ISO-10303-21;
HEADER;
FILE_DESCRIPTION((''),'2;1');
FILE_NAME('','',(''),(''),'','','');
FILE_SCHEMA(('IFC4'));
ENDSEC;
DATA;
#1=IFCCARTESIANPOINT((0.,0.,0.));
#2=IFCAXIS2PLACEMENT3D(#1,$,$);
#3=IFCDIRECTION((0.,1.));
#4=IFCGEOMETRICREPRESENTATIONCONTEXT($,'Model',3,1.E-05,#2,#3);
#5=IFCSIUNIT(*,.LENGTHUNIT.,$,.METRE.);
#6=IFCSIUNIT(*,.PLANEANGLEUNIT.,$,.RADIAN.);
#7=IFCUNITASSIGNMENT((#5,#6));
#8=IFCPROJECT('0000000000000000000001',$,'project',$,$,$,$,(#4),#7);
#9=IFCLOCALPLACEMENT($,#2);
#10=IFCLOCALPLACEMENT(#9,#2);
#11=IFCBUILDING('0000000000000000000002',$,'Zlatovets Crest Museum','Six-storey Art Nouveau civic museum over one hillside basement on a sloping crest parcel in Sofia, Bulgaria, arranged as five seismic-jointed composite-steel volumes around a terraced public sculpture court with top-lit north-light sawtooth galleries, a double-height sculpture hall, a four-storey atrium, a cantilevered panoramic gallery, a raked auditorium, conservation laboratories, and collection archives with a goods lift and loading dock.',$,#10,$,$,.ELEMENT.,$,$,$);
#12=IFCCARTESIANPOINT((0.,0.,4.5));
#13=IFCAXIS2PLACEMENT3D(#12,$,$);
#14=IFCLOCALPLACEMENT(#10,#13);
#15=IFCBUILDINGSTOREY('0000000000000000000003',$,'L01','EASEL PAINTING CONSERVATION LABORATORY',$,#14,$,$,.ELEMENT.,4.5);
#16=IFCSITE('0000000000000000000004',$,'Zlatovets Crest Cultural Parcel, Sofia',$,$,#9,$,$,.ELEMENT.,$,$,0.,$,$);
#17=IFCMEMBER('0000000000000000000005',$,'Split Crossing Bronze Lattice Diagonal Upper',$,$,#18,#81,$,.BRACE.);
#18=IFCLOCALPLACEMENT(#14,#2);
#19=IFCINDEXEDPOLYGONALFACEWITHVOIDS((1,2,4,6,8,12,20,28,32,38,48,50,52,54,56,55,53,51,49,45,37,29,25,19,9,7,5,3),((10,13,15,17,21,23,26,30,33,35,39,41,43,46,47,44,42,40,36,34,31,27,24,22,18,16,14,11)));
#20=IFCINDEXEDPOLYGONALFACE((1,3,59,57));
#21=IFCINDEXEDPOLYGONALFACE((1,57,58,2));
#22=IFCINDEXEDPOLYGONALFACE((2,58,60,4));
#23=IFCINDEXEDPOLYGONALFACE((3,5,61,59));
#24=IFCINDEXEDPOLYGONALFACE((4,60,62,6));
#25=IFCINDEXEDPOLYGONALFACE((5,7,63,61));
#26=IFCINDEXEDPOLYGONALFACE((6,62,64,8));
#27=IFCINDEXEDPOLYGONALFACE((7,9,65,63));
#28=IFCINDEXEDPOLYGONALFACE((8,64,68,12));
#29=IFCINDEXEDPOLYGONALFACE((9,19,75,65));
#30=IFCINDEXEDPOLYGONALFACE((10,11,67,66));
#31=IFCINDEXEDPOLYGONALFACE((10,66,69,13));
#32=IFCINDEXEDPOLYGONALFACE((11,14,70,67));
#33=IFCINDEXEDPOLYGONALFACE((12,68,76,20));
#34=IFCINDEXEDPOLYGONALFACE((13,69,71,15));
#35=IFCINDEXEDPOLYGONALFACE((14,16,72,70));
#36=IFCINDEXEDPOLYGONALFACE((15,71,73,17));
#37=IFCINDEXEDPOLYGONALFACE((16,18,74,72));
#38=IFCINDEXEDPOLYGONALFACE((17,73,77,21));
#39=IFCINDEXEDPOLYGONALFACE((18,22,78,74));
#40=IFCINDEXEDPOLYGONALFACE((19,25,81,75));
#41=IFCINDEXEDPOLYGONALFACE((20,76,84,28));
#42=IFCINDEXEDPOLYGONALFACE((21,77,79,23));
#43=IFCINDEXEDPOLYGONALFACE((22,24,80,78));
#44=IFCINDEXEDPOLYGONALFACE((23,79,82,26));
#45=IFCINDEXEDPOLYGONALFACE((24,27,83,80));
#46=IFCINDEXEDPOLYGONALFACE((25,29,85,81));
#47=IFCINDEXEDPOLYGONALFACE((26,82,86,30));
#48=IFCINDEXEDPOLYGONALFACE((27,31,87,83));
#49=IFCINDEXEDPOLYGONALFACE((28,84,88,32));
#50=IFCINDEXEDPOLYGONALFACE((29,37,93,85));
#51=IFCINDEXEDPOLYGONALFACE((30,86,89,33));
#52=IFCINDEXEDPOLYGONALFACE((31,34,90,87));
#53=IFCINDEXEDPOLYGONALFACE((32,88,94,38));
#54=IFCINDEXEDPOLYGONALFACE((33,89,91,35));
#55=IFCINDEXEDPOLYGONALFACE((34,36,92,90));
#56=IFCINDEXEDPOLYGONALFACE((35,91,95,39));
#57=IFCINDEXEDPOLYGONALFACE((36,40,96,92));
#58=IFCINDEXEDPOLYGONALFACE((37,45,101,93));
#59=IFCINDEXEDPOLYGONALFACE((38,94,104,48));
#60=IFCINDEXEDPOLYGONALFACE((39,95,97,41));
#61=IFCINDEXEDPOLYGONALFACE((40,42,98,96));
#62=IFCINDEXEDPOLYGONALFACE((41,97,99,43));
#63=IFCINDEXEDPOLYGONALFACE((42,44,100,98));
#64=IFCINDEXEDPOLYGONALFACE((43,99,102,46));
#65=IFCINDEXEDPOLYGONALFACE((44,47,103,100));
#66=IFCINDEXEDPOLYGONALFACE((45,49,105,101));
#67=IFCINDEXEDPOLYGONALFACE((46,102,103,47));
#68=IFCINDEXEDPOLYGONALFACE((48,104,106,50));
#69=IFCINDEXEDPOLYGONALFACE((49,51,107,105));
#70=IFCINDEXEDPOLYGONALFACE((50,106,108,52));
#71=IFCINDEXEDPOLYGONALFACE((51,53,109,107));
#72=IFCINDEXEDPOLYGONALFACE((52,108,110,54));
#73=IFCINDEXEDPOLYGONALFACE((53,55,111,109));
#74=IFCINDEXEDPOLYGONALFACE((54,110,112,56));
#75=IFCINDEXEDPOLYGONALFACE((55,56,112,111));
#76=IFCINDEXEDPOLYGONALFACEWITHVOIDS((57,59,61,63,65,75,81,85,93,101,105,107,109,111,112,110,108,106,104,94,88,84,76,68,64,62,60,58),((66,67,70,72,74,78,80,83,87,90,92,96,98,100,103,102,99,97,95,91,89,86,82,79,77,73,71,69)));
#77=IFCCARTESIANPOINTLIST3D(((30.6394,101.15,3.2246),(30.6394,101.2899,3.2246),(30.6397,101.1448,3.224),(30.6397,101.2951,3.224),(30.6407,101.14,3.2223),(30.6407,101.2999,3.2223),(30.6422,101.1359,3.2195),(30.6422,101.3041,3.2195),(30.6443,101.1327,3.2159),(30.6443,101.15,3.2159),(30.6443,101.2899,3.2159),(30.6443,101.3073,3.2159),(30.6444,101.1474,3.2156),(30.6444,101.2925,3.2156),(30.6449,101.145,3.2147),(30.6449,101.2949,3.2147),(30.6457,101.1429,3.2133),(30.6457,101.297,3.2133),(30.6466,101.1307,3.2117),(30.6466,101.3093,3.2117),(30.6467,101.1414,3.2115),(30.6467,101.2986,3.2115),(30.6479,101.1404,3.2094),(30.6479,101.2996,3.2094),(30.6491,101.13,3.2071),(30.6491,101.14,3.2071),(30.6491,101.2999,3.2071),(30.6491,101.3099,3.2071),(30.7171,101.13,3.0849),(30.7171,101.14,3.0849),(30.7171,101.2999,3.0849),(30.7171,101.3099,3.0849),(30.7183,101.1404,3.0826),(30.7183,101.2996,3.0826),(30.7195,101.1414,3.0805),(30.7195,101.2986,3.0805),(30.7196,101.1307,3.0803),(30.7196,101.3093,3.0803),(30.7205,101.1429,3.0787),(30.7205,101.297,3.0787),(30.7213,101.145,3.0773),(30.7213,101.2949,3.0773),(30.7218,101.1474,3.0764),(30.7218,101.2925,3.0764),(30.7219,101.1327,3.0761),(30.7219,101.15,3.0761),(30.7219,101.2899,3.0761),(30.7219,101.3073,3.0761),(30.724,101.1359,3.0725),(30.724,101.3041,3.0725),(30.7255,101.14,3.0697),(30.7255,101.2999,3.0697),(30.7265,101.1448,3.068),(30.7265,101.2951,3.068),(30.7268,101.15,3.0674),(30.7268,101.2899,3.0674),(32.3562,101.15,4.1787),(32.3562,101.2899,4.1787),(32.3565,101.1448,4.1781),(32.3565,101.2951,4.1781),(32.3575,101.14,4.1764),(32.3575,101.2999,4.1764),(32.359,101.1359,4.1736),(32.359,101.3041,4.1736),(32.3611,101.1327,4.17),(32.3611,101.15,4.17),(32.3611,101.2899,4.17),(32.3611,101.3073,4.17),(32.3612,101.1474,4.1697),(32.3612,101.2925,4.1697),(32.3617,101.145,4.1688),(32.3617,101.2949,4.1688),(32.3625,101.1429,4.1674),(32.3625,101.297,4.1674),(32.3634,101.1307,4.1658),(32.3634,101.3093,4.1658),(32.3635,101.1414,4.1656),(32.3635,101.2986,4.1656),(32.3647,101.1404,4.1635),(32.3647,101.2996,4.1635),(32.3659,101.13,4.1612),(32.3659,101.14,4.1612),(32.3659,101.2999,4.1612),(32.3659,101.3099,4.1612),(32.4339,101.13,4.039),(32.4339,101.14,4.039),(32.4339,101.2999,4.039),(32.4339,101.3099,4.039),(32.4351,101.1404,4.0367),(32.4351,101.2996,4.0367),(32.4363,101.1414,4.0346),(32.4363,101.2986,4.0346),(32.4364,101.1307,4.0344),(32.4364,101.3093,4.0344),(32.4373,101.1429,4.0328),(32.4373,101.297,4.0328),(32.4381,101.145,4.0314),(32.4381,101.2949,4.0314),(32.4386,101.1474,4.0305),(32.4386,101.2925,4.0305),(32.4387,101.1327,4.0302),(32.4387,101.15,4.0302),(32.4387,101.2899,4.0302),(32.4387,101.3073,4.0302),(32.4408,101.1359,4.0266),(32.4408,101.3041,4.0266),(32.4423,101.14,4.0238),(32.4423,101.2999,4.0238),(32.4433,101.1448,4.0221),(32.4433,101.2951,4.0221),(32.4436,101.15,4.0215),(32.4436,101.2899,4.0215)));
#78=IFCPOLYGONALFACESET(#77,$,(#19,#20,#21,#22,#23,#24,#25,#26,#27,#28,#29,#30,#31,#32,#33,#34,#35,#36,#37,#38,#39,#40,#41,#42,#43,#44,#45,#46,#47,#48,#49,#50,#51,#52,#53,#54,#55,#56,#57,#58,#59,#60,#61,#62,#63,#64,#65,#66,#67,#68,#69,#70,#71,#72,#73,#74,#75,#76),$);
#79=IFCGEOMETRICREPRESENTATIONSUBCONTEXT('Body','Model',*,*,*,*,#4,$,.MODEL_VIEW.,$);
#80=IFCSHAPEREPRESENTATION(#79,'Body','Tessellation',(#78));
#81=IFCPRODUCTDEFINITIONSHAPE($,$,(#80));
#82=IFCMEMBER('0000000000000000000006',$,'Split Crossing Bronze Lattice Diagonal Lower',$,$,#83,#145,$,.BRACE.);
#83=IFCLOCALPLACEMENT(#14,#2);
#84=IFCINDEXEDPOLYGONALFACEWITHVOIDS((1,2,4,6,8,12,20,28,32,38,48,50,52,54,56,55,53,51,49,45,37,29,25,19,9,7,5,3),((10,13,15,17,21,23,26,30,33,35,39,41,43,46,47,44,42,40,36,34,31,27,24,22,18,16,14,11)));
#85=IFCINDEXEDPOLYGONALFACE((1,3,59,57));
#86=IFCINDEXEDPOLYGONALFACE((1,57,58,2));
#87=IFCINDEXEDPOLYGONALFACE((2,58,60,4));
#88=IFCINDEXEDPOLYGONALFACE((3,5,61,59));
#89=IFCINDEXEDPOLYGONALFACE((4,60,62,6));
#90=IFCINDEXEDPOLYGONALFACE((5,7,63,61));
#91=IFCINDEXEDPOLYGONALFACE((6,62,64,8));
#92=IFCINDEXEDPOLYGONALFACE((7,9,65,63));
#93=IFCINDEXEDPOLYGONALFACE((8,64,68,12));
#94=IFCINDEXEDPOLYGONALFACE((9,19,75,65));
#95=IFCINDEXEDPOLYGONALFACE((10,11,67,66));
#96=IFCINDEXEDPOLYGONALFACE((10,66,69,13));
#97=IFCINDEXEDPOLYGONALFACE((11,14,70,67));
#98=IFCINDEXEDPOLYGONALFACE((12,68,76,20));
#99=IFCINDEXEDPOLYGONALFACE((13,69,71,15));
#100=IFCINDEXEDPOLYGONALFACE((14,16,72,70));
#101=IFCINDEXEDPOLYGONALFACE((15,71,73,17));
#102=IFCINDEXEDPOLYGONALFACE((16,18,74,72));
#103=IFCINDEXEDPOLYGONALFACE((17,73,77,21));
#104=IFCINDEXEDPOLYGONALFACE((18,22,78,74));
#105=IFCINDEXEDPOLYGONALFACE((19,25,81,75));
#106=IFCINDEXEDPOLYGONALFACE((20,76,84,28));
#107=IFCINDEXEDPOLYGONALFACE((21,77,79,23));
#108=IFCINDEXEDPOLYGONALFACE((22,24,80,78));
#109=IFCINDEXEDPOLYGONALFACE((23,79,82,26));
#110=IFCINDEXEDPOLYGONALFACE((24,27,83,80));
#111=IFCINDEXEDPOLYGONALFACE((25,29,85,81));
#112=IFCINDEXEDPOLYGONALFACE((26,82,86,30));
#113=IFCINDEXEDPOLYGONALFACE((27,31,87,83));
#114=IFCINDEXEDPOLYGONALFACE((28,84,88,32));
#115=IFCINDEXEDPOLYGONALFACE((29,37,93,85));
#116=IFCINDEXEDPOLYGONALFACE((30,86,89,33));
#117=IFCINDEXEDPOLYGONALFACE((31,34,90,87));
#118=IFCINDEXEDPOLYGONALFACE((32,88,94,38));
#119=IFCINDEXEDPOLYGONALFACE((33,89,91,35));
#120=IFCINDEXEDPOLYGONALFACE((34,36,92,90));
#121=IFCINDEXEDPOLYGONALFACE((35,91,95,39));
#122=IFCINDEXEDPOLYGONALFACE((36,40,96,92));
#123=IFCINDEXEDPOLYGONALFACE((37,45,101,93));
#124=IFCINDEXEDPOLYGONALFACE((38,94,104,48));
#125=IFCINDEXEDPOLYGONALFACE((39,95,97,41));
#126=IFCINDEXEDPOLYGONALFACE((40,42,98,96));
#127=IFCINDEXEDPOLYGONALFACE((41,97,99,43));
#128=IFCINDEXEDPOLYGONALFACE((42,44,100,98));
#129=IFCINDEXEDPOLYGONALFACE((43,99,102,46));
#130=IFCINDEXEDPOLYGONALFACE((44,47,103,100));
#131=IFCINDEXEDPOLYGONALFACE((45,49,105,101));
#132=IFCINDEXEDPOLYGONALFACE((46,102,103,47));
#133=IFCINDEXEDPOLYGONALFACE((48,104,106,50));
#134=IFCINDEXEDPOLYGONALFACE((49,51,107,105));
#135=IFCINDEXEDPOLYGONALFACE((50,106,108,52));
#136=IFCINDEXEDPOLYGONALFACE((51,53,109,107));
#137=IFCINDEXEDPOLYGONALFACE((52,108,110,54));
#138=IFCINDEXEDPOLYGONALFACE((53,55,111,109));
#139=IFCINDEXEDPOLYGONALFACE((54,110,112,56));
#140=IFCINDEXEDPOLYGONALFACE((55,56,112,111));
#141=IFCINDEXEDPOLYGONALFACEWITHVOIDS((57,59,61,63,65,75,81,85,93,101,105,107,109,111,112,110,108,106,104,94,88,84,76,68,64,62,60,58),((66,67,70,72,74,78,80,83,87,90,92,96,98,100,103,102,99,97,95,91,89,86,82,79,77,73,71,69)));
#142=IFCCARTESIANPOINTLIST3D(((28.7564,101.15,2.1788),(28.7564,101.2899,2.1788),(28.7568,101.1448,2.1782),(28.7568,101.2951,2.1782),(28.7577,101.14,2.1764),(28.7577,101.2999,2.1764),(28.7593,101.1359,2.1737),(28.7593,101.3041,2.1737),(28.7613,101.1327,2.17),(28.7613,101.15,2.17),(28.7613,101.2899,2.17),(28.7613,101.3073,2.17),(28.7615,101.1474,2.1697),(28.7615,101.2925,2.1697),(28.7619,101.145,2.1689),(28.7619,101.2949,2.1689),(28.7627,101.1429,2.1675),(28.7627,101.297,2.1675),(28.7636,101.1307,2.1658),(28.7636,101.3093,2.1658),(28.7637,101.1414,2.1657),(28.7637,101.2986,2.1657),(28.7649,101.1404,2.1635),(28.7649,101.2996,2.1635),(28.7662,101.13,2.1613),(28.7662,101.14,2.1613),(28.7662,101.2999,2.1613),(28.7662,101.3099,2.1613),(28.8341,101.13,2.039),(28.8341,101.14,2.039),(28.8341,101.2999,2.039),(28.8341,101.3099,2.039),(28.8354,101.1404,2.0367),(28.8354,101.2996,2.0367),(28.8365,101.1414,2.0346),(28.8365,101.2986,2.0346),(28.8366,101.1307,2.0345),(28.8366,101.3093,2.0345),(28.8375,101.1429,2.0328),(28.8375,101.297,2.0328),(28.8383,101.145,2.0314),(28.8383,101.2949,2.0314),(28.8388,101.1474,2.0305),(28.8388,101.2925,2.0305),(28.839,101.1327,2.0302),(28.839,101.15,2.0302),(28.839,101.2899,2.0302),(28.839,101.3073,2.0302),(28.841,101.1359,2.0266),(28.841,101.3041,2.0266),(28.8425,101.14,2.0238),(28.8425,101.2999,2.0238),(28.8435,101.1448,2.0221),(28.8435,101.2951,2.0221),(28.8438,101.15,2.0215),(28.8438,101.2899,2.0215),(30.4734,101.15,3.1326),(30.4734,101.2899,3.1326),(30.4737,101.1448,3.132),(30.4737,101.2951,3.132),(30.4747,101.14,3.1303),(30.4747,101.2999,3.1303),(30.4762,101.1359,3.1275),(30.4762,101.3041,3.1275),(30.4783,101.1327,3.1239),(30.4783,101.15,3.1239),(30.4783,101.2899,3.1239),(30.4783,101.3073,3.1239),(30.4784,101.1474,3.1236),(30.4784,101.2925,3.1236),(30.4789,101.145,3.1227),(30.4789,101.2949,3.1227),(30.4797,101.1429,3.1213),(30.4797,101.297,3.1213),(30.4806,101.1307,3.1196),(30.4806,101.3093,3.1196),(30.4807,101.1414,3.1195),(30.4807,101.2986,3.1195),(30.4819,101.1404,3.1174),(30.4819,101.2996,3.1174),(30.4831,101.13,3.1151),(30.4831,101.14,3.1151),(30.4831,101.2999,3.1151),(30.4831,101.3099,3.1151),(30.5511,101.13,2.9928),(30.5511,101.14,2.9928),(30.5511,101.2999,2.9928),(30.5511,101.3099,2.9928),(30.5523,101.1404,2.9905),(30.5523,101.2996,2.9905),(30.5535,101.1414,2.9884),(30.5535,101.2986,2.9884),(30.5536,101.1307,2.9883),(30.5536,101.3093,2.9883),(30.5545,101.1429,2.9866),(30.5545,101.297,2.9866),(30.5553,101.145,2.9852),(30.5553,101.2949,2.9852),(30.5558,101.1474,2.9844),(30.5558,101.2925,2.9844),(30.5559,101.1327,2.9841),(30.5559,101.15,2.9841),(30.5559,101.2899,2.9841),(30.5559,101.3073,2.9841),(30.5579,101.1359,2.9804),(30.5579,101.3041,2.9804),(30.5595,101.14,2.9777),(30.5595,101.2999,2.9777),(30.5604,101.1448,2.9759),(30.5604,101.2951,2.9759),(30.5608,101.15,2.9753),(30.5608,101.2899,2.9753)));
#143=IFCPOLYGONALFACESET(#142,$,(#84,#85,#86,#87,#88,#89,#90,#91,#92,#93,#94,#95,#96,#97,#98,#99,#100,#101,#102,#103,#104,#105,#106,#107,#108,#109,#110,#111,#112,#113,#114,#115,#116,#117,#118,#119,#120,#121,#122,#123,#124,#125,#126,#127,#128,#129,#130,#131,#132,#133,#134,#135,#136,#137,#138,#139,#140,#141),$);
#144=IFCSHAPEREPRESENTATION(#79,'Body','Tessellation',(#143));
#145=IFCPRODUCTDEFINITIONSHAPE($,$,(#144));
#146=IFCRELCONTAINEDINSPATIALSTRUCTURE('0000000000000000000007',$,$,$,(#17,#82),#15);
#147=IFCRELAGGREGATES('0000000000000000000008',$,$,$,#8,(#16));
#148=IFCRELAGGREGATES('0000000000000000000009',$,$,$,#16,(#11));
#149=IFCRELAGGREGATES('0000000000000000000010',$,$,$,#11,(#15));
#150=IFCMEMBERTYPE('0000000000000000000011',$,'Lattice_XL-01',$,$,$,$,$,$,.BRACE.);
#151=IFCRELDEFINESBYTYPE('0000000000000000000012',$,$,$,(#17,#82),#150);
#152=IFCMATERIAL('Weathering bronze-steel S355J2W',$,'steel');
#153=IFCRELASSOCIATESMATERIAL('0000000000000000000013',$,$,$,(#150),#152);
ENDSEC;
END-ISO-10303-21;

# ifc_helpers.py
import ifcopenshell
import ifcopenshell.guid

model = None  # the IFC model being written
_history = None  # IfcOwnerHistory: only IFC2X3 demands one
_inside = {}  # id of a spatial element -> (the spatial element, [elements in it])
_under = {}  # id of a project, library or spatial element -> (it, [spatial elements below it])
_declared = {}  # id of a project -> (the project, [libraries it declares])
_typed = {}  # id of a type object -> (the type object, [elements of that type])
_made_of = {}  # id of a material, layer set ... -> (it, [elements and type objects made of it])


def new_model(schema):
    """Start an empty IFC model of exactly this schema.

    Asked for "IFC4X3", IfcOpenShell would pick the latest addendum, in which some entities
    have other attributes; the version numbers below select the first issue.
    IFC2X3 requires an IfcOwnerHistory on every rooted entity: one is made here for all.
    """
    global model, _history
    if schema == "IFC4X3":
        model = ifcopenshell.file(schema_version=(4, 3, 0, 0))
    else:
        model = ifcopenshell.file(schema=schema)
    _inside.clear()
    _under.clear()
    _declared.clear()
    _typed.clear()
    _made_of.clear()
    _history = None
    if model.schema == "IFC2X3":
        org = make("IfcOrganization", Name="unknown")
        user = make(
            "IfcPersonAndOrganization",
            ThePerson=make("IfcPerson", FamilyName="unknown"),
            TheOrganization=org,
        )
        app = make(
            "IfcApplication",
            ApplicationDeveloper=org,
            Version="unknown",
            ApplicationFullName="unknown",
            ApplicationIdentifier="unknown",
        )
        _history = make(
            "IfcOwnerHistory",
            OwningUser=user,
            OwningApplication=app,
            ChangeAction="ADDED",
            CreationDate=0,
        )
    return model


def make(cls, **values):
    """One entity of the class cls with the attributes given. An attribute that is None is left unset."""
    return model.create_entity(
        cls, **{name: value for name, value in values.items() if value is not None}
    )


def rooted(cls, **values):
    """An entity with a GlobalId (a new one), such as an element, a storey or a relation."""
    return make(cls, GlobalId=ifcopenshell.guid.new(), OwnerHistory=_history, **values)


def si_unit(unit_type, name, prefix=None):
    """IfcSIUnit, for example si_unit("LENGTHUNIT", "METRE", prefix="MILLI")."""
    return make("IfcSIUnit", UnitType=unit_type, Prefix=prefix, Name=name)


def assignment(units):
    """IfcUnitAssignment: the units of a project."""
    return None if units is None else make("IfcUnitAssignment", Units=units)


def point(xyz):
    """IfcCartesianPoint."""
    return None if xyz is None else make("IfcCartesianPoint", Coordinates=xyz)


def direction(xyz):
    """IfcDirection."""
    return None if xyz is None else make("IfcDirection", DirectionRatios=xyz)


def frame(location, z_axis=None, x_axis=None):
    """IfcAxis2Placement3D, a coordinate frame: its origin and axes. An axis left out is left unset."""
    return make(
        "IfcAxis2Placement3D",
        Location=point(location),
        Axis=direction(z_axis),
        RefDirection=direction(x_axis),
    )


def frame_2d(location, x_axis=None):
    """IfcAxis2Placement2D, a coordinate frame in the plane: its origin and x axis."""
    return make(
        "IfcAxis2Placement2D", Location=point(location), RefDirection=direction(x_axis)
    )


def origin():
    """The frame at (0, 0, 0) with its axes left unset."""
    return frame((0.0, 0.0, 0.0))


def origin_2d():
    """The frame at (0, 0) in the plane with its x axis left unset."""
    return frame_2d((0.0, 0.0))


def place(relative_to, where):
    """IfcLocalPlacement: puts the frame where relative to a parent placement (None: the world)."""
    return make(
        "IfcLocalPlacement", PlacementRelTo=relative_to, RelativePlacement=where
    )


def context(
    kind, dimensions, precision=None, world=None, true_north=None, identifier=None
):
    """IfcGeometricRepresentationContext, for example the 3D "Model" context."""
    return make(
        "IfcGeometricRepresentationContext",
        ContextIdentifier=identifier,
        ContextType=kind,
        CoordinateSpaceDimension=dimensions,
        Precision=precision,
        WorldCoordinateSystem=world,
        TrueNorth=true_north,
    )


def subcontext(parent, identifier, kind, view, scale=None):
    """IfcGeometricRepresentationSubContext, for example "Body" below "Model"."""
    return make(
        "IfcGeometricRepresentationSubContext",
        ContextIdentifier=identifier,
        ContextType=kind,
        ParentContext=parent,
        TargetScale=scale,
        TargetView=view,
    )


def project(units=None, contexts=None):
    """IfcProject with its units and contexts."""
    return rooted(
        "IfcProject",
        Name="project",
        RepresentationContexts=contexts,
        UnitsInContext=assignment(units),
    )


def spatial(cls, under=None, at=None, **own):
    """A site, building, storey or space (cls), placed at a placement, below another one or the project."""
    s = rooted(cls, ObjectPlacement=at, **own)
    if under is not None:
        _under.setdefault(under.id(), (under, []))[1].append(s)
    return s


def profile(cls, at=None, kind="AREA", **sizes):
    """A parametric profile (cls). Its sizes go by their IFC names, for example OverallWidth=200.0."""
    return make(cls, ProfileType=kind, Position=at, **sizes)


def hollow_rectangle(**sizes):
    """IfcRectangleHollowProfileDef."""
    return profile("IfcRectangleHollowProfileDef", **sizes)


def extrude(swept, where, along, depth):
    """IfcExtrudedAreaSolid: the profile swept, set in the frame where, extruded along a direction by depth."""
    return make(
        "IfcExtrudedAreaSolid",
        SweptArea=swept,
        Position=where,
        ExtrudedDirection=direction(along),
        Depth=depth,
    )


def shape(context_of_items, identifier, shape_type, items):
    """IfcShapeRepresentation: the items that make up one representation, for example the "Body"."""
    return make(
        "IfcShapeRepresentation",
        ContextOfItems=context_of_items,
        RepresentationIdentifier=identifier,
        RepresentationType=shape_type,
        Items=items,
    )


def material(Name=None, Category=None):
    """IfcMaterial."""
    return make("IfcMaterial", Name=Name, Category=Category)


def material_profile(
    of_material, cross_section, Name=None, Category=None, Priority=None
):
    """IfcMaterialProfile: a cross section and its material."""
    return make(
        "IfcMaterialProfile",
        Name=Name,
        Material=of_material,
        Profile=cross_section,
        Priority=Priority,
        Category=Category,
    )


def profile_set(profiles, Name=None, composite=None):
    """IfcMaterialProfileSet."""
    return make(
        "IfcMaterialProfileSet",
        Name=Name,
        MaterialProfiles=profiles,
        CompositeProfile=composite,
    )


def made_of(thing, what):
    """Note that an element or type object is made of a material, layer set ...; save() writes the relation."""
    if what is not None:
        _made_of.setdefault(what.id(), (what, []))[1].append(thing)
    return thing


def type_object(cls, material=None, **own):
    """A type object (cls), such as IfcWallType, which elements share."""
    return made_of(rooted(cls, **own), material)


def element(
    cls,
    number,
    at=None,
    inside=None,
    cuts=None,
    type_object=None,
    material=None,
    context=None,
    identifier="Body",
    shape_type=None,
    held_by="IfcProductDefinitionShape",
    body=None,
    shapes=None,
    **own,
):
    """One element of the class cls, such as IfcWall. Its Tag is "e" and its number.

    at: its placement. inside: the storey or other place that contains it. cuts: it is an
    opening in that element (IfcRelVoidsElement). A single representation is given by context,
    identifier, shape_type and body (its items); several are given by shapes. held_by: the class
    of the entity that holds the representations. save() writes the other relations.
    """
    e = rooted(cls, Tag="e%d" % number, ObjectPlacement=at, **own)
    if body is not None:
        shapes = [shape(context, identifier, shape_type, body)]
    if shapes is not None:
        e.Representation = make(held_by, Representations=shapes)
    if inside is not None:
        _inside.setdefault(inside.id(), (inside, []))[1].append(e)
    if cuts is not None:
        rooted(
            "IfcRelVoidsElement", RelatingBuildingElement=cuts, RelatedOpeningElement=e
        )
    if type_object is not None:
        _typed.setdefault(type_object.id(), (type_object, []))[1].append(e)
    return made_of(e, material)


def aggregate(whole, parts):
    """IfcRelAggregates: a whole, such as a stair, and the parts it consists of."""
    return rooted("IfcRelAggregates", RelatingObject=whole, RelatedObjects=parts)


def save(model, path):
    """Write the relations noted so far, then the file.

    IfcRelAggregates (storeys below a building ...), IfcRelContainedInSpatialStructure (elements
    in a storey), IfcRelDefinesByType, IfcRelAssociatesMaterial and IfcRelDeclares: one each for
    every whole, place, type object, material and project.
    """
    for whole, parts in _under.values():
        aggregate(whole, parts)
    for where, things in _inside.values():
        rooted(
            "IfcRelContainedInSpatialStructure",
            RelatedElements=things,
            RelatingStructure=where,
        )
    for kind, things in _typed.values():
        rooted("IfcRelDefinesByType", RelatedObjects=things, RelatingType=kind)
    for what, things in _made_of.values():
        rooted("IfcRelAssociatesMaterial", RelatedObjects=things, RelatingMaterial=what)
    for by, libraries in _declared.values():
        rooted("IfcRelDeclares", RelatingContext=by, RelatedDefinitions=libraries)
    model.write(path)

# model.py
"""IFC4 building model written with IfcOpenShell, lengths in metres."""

from ifc_helpers import new_model, si_unit, direction, frame, origin, origin_2d, place, context, subcontext, project, spatial, hollow_rectangle, extrude, material, material_profile, profile_set, type_object, element, save


model = new_model("IFC4")

# Units and contexts
model_context = context("Model", 3, precision=1e-05, world=origin(), true_north=direction((0.0, 1.0)))
body_context = subcontext(model_context, "Body", "Model", "MODEL_VIEW")
ifc_project = project(units=[si_unit("LENGTHUNIT", "METRE"), si_unit("PLANEANGLEUNIT", "RADIAN")], contexts=[model_context])

# Site, building, storey
site_placement = place(None, origin())
site = spatial("IfcSite", under=ifc_project, at=site_placement, Name="Zlatovets Crest Cultural Parcel, Sofia", CompositionType="ELEMENT", RefElevation=0.0)
building_placement = place(site_placement, origin())
building = spatial("IfcBuilding", under=site, at=building_placement, Name="Zlatovets Crest Museum", Description="Six-storey Art Nouveau civic museum over one hillside basement on a sloping crest parcel in Sofia, Bulgaria, arranged as five seismic-jointed composite-steel volumes around a terraced public sculpture court with top-lit north-light sawtooth galleries, a double-height sculpture hall, a four-storey atrium, a cantilevered panoramic gallery, a raked auditorium, conservation laboratories, and collection archives with a goods lift and loading dock.", CompositionType="ELEMENT")
storey_placement = place(building_placement, frame((0.0, 0.0, 4.5)))
storey = spatial("IfcBuildingStorey", under=building, at=storey_placement, Name="L01", Description="EASEL PAINTING CONSERVATION LABORATORY", CompositionType="ELEMENT", Elevation=4.5)

# Members
ifc_material_1 = material(Name="Weathering bronze-steel S355J2W", Category="steel")
ifc_material_profile_1 = material_profile(ifc_material_1, hollow_rectangle(XDim=0.1799, YDim=0.1799, WallThickness=0.01, InnerFilletRadius=0.01, OuterFilletRadius=0.02, at=origin_2d()), Name="SHS 180x180x10.0")
ifc_profile_set_1 = profile_set([ifc_material_profile_1], Name="Weathering bronze-steel S355J2W")
member_type_1 = type_object("IfcMemberType", Name="Lattice_XL-01", PredefinedType="BRACE", material=ifc_profile_set_1)
for number, where, z_axis, x_axis, name in (
    (1, (32.3999, 101.22, 4.1001), (-0.874087, 0.0, -0.48577), (0.0, -1.0, 0.0), "Split Crossing Bronze Lattice Diagonal Upper"),
    (2, (30.5171, 101.22, 3.054), (-0.874169, 0.0, -0.485622), (0.0, -1.0, 0.0), "Split Crossing Bronze Lattice Diagonal Lower"),
):
    element("IfcMember", number, at=place(storey_placement, frame(where, z_axis=z_axis, x_axis=x_axis)), inside=storey, type_object=member_type_1, Name=name, PredefinedType="BRACE", context=body_context, shape_type="SweptSolid", body=[
        extrude(hollow_rectangle(XDim=0.1799, YDim=0.1799, WallThickness=0.01, InnerFilletRadius=0.01, OuterFilletRadius=0.02, at=origin_2d()), origin(), (0.0, 0.0, 1.0), 1.9641),
    ])

save(model, "model.ifc")
